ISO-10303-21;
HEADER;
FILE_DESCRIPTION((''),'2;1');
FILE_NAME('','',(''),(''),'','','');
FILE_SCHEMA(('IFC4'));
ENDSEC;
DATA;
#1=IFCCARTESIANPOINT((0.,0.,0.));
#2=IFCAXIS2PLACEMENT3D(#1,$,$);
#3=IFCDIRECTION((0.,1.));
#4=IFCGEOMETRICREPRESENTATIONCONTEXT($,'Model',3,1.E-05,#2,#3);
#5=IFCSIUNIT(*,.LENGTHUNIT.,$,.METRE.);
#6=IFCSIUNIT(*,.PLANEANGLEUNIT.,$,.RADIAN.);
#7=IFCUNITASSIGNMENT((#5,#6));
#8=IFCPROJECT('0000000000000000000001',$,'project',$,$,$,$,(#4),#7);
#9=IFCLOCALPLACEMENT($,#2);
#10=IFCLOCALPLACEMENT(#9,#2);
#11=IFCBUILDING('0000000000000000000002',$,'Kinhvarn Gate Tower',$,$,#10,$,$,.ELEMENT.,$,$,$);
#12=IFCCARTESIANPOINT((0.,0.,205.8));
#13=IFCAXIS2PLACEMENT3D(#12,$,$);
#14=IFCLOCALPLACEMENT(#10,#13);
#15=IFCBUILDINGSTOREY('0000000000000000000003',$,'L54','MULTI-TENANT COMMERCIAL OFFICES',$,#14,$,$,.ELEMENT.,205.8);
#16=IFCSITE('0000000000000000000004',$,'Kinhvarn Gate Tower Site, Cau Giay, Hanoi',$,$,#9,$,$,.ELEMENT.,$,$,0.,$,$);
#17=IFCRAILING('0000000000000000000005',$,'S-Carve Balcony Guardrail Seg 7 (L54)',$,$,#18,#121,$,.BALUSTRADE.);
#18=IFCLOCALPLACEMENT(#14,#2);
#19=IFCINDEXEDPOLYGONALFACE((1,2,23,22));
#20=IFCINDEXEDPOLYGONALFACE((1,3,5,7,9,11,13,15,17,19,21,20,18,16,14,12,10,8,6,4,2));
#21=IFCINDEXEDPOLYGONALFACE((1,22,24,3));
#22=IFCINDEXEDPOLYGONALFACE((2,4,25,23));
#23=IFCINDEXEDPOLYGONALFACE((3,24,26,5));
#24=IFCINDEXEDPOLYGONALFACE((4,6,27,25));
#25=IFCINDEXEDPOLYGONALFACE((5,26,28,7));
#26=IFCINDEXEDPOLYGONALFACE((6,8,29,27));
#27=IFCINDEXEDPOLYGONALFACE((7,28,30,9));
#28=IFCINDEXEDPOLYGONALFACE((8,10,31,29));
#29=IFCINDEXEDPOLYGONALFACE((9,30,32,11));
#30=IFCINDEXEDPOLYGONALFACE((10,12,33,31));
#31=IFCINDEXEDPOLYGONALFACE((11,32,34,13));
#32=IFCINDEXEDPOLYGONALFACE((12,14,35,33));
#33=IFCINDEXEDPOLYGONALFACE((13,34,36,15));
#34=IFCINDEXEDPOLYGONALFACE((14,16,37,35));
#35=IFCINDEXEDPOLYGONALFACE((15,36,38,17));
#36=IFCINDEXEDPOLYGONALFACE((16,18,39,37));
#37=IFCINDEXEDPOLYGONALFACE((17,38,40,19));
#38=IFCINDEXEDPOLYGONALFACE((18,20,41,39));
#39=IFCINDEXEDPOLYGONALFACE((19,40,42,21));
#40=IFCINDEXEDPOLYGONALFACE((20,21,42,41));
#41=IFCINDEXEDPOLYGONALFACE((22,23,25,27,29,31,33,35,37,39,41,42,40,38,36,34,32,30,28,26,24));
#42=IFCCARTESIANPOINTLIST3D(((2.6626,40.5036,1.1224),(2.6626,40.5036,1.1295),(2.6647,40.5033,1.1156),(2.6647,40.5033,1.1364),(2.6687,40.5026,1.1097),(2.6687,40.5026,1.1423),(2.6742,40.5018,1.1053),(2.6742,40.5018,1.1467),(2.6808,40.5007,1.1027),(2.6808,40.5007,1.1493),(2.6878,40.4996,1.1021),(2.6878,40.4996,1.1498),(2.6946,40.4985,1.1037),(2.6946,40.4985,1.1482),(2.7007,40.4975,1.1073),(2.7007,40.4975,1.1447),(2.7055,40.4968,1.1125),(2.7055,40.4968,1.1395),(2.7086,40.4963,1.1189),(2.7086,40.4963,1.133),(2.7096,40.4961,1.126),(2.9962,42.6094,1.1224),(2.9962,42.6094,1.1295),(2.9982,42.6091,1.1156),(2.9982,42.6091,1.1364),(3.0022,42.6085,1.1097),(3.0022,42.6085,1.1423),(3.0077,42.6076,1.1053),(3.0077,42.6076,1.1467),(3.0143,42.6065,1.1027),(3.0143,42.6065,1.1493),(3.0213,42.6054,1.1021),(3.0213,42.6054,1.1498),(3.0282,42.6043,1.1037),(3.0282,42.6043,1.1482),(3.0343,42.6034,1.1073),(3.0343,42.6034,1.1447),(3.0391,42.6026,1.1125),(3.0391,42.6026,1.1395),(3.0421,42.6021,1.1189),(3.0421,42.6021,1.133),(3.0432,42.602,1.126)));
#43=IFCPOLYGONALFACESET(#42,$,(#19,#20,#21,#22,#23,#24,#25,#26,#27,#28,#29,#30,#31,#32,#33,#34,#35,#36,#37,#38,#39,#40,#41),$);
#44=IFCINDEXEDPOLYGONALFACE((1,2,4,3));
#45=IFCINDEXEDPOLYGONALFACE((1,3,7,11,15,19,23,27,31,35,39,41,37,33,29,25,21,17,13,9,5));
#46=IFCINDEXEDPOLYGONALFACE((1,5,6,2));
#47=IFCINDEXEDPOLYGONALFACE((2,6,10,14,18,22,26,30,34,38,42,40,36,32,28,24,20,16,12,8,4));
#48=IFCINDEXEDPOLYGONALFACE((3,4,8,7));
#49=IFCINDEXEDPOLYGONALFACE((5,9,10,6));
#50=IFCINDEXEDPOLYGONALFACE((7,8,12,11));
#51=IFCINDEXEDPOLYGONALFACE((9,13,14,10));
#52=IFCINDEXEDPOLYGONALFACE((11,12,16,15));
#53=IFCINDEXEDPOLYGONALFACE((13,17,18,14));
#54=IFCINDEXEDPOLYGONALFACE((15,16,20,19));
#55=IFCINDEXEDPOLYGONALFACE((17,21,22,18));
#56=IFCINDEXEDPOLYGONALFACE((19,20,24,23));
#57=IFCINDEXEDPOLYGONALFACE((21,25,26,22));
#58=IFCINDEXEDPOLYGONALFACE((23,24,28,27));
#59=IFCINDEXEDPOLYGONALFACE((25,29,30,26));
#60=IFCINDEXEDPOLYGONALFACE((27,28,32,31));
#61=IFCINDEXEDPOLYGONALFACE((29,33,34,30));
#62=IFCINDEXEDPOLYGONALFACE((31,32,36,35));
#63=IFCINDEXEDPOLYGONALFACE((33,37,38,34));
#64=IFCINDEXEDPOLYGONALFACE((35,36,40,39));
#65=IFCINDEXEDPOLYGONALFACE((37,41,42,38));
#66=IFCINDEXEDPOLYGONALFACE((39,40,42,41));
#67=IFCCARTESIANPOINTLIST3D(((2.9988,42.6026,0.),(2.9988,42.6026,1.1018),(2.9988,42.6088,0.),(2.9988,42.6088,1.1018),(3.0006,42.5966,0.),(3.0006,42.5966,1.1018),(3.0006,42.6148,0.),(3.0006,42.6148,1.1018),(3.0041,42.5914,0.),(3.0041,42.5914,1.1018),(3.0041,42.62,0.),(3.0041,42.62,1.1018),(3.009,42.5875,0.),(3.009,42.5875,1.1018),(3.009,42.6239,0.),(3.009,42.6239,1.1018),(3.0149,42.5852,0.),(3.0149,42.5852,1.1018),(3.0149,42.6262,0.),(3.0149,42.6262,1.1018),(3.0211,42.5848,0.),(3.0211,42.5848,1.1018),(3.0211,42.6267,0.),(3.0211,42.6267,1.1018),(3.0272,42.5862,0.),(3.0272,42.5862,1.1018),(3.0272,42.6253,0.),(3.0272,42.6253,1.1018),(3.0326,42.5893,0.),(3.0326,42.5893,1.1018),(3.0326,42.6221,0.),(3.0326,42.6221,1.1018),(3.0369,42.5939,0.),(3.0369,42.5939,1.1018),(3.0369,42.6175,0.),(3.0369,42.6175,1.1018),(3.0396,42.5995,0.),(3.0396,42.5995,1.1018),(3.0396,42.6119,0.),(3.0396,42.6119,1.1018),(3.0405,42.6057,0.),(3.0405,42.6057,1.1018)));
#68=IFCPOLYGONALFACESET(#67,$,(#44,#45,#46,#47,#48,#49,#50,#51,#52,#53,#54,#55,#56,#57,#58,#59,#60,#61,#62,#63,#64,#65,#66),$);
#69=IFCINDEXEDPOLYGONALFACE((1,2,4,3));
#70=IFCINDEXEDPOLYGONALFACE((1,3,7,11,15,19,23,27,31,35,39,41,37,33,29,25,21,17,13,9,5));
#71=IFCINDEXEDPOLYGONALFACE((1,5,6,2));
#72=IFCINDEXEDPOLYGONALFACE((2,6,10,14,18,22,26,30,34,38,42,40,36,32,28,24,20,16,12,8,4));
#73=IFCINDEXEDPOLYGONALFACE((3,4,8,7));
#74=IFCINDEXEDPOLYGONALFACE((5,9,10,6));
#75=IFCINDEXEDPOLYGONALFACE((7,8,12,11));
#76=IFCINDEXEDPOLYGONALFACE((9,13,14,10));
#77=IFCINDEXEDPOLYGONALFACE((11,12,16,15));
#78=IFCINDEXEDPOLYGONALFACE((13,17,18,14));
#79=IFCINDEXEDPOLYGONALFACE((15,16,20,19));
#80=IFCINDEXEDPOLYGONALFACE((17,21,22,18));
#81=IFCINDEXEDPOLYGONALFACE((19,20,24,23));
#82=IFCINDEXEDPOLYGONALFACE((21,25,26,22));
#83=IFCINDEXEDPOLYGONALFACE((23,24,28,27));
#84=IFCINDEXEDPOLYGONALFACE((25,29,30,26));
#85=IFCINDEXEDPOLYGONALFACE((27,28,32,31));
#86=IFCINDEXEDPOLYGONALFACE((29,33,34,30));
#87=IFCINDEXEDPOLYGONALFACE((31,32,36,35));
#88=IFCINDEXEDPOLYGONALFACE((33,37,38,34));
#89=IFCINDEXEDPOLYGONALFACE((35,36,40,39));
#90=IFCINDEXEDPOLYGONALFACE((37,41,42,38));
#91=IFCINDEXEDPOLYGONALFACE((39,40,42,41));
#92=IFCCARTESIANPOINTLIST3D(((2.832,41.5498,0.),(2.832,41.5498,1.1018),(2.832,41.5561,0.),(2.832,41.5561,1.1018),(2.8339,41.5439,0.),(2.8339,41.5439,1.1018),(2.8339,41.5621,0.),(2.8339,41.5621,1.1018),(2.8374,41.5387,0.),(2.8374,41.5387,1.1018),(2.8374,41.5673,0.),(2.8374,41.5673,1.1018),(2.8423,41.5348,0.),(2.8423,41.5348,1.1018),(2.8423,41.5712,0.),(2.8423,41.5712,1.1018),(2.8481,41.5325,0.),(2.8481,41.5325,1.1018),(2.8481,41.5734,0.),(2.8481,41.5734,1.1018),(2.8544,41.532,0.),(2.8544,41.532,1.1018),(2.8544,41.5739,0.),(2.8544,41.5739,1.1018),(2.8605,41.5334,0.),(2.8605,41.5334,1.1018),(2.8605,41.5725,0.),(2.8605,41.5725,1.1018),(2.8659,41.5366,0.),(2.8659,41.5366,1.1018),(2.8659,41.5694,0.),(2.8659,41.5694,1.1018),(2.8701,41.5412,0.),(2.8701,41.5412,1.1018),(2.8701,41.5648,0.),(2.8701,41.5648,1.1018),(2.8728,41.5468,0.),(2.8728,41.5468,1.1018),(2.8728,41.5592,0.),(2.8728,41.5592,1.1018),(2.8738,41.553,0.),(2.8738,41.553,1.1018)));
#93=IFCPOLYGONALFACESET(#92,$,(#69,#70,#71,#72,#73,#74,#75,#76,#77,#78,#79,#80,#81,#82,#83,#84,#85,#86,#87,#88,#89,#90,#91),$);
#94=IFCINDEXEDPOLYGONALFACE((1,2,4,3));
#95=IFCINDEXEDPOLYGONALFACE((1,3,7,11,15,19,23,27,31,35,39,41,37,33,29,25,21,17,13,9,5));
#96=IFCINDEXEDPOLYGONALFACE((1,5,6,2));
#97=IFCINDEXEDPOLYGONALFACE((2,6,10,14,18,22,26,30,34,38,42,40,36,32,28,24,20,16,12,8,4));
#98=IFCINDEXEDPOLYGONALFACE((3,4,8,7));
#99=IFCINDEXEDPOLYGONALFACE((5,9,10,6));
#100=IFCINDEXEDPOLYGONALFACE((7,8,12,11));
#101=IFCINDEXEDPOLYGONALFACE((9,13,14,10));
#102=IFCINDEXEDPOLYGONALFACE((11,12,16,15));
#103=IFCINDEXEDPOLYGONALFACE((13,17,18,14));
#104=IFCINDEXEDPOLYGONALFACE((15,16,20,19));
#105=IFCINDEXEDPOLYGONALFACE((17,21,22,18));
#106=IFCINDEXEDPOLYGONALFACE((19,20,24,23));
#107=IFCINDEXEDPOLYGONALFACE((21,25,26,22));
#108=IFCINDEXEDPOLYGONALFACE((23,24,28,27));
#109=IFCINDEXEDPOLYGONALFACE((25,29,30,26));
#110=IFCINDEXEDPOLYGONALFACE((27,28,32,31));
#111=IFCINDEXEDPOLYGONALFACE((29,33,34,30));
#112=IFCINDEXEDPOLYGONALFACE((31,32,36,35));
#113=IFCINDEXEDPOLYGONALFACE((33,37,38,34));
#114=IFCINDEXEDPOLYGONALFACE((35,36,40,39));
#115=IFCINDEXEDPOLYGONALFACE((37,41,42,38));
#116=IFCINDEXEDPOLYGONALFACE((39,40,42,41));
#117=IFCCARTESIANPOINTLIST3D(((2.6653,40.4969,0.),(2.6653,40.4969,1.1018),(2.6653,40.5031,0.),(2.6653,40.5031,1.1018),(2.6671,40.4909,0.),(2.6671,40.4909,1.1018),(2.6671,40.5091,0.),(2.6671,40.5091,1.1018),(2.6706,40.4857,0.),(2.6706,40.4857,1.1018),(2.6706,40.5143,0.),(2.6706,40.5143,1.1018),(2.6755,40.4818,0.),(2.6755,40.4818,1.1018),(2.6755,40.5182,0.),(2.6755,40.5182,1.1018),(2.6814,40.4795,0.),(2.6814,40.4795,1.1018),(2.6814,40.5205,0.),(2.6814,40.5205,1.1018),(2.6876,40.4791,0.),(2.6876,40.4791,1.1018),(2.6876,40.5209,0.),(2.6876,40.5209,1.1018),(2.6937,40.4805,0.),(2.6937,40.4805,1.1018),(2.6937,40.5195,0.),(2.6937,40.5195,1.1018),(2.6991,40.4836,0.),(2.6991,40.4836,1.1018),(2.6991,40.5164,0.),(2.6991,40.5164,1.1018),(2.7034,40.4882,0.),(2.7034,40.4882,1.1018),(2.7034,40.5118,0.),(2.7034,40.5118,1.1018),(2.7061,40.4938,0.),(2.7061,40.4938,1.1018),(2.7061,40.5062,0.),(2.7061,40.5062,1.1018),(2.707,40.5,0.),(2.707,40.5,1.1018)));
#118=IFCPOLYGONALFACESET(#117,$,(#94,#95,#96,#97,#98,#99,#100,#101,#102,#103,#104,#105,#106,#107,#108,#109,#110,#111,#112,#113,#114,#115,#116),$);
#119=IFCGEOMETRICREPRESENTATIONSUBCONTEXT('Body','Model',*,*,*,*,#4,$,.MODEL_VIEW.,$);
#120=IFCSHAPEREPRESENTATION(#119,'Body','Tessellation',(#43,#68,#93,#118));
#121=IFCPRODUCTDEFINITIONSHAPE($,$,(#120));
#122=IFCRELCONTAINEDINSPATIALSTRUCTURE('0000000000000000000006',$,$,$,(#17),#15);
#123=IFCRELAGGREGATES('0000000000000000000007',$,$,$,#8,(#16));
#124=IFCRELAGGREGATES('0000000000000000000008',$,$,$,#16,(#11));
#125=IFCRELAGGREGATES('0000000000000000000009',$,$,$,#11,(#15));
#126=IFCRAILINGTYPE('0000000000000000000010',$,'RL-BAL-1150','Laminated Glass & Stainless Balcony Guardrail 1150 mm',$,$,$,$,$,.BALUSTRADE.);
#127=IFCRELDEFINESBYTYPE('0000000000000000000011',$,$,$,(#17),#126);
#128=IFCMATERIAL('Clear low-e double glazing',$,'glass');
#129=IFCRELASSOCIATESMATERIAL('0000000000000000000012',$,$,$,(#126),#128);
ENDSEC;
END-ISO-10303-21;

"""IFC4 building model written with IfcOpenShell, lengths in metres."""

from ifc_helpers import new_model, si_unit, direction, frame, origin, origin_2d, place, context, subcontext, project, spatial, circle, extrude, material, type_object, element, save


model = new_model("IFC4")

# Units and contexts
model_context = context("Model", 3, precision=1e-05, world=origin(), true_north=direction((0.0, 1.0)))
body_context = subcontext(model_context, "Body", "Model", "MODEL_VIEW")
ifc_project = project(units=[si_unit("LENGTHUNIT", "METRE"), si_unit("PLANEANGLEUNIT", "RADIAN")], contexts=[model_context])

# Site, building, storey
site_placement = place(None, origin())
site = spatial("IfcSite", under=ifc_project, at=site_placement, Name="Kinhvarn Gate Tower Site, Cau Giay, Hanoi", CompositionType="ELEMENT", RefElevation=0.0)
building_placement = place(site_placement, origin())
building = spatial("IfcBuilding", under=site, at=building_placement, Name="Kinhvarn Gate Tower", CompositionType="ELEMENT")
storey_placement = place(building_placement, frame((0.0, 0.0, 205.8)))
storey = spatial("IfcBuildingStorey", under=building, at=storey_placement, Name="L54", Description="MULTI-TENANT COMMERCIAL OFFICES", CompositionType="ELEMENT", Elevation=205.8)

# Shared definitions
ifc_material_1 = material(Name="Clear low-e double glazing", Category="glass")

# Railing
railing_type = type_object("IfcRailingType", Name="RL-BAL-1150", Description="Laminated Glass & Stainless Balcony Guardrail 1150 mm", PredefinedType="BALUSTRADE", material=ifc_material_1)
railing_1_placement = place(storey_placement, frame((3.0195, 42.6057, 0.0)))
element("IfcRailing", 1, at=railing_1_placement, inside=storey, type_object=railing_type, Name="S-Carve Balcony Guardrail Seg 7 (L54)", PredefinedType="BALUSTRADE", context=body_context, shape_type="SweptSolid", body=[
    extrude(circle(Radius=0.0239, at=origin_2d()), frame((0.0, 0.0, 1.126), z_axis=(-0.156427, -0.98769, 0.0), x_axis=(0.98769, -0.156427, 0.0)), (0.0, 0.0, 1.0), 2.1321),
    extrude(circle(Radius=0.021, at=origin_2d()), origin(), (0.0, 0.0, 1.0), 1.1018),
    extrude(circle(Radius=0.021, at=origin_2d()), frame((-0.1667, -1.0527, 0.0)), (0.0, 0.0, 1.0), 1.1018),
    extrude(circle(Radius=0.021, at=origin_2d()), frame((-0.3335, -2.1057, 0.0)), (0.0, 0.0, 1.0), 1.1018),
])

save(model, "model.ifc")
